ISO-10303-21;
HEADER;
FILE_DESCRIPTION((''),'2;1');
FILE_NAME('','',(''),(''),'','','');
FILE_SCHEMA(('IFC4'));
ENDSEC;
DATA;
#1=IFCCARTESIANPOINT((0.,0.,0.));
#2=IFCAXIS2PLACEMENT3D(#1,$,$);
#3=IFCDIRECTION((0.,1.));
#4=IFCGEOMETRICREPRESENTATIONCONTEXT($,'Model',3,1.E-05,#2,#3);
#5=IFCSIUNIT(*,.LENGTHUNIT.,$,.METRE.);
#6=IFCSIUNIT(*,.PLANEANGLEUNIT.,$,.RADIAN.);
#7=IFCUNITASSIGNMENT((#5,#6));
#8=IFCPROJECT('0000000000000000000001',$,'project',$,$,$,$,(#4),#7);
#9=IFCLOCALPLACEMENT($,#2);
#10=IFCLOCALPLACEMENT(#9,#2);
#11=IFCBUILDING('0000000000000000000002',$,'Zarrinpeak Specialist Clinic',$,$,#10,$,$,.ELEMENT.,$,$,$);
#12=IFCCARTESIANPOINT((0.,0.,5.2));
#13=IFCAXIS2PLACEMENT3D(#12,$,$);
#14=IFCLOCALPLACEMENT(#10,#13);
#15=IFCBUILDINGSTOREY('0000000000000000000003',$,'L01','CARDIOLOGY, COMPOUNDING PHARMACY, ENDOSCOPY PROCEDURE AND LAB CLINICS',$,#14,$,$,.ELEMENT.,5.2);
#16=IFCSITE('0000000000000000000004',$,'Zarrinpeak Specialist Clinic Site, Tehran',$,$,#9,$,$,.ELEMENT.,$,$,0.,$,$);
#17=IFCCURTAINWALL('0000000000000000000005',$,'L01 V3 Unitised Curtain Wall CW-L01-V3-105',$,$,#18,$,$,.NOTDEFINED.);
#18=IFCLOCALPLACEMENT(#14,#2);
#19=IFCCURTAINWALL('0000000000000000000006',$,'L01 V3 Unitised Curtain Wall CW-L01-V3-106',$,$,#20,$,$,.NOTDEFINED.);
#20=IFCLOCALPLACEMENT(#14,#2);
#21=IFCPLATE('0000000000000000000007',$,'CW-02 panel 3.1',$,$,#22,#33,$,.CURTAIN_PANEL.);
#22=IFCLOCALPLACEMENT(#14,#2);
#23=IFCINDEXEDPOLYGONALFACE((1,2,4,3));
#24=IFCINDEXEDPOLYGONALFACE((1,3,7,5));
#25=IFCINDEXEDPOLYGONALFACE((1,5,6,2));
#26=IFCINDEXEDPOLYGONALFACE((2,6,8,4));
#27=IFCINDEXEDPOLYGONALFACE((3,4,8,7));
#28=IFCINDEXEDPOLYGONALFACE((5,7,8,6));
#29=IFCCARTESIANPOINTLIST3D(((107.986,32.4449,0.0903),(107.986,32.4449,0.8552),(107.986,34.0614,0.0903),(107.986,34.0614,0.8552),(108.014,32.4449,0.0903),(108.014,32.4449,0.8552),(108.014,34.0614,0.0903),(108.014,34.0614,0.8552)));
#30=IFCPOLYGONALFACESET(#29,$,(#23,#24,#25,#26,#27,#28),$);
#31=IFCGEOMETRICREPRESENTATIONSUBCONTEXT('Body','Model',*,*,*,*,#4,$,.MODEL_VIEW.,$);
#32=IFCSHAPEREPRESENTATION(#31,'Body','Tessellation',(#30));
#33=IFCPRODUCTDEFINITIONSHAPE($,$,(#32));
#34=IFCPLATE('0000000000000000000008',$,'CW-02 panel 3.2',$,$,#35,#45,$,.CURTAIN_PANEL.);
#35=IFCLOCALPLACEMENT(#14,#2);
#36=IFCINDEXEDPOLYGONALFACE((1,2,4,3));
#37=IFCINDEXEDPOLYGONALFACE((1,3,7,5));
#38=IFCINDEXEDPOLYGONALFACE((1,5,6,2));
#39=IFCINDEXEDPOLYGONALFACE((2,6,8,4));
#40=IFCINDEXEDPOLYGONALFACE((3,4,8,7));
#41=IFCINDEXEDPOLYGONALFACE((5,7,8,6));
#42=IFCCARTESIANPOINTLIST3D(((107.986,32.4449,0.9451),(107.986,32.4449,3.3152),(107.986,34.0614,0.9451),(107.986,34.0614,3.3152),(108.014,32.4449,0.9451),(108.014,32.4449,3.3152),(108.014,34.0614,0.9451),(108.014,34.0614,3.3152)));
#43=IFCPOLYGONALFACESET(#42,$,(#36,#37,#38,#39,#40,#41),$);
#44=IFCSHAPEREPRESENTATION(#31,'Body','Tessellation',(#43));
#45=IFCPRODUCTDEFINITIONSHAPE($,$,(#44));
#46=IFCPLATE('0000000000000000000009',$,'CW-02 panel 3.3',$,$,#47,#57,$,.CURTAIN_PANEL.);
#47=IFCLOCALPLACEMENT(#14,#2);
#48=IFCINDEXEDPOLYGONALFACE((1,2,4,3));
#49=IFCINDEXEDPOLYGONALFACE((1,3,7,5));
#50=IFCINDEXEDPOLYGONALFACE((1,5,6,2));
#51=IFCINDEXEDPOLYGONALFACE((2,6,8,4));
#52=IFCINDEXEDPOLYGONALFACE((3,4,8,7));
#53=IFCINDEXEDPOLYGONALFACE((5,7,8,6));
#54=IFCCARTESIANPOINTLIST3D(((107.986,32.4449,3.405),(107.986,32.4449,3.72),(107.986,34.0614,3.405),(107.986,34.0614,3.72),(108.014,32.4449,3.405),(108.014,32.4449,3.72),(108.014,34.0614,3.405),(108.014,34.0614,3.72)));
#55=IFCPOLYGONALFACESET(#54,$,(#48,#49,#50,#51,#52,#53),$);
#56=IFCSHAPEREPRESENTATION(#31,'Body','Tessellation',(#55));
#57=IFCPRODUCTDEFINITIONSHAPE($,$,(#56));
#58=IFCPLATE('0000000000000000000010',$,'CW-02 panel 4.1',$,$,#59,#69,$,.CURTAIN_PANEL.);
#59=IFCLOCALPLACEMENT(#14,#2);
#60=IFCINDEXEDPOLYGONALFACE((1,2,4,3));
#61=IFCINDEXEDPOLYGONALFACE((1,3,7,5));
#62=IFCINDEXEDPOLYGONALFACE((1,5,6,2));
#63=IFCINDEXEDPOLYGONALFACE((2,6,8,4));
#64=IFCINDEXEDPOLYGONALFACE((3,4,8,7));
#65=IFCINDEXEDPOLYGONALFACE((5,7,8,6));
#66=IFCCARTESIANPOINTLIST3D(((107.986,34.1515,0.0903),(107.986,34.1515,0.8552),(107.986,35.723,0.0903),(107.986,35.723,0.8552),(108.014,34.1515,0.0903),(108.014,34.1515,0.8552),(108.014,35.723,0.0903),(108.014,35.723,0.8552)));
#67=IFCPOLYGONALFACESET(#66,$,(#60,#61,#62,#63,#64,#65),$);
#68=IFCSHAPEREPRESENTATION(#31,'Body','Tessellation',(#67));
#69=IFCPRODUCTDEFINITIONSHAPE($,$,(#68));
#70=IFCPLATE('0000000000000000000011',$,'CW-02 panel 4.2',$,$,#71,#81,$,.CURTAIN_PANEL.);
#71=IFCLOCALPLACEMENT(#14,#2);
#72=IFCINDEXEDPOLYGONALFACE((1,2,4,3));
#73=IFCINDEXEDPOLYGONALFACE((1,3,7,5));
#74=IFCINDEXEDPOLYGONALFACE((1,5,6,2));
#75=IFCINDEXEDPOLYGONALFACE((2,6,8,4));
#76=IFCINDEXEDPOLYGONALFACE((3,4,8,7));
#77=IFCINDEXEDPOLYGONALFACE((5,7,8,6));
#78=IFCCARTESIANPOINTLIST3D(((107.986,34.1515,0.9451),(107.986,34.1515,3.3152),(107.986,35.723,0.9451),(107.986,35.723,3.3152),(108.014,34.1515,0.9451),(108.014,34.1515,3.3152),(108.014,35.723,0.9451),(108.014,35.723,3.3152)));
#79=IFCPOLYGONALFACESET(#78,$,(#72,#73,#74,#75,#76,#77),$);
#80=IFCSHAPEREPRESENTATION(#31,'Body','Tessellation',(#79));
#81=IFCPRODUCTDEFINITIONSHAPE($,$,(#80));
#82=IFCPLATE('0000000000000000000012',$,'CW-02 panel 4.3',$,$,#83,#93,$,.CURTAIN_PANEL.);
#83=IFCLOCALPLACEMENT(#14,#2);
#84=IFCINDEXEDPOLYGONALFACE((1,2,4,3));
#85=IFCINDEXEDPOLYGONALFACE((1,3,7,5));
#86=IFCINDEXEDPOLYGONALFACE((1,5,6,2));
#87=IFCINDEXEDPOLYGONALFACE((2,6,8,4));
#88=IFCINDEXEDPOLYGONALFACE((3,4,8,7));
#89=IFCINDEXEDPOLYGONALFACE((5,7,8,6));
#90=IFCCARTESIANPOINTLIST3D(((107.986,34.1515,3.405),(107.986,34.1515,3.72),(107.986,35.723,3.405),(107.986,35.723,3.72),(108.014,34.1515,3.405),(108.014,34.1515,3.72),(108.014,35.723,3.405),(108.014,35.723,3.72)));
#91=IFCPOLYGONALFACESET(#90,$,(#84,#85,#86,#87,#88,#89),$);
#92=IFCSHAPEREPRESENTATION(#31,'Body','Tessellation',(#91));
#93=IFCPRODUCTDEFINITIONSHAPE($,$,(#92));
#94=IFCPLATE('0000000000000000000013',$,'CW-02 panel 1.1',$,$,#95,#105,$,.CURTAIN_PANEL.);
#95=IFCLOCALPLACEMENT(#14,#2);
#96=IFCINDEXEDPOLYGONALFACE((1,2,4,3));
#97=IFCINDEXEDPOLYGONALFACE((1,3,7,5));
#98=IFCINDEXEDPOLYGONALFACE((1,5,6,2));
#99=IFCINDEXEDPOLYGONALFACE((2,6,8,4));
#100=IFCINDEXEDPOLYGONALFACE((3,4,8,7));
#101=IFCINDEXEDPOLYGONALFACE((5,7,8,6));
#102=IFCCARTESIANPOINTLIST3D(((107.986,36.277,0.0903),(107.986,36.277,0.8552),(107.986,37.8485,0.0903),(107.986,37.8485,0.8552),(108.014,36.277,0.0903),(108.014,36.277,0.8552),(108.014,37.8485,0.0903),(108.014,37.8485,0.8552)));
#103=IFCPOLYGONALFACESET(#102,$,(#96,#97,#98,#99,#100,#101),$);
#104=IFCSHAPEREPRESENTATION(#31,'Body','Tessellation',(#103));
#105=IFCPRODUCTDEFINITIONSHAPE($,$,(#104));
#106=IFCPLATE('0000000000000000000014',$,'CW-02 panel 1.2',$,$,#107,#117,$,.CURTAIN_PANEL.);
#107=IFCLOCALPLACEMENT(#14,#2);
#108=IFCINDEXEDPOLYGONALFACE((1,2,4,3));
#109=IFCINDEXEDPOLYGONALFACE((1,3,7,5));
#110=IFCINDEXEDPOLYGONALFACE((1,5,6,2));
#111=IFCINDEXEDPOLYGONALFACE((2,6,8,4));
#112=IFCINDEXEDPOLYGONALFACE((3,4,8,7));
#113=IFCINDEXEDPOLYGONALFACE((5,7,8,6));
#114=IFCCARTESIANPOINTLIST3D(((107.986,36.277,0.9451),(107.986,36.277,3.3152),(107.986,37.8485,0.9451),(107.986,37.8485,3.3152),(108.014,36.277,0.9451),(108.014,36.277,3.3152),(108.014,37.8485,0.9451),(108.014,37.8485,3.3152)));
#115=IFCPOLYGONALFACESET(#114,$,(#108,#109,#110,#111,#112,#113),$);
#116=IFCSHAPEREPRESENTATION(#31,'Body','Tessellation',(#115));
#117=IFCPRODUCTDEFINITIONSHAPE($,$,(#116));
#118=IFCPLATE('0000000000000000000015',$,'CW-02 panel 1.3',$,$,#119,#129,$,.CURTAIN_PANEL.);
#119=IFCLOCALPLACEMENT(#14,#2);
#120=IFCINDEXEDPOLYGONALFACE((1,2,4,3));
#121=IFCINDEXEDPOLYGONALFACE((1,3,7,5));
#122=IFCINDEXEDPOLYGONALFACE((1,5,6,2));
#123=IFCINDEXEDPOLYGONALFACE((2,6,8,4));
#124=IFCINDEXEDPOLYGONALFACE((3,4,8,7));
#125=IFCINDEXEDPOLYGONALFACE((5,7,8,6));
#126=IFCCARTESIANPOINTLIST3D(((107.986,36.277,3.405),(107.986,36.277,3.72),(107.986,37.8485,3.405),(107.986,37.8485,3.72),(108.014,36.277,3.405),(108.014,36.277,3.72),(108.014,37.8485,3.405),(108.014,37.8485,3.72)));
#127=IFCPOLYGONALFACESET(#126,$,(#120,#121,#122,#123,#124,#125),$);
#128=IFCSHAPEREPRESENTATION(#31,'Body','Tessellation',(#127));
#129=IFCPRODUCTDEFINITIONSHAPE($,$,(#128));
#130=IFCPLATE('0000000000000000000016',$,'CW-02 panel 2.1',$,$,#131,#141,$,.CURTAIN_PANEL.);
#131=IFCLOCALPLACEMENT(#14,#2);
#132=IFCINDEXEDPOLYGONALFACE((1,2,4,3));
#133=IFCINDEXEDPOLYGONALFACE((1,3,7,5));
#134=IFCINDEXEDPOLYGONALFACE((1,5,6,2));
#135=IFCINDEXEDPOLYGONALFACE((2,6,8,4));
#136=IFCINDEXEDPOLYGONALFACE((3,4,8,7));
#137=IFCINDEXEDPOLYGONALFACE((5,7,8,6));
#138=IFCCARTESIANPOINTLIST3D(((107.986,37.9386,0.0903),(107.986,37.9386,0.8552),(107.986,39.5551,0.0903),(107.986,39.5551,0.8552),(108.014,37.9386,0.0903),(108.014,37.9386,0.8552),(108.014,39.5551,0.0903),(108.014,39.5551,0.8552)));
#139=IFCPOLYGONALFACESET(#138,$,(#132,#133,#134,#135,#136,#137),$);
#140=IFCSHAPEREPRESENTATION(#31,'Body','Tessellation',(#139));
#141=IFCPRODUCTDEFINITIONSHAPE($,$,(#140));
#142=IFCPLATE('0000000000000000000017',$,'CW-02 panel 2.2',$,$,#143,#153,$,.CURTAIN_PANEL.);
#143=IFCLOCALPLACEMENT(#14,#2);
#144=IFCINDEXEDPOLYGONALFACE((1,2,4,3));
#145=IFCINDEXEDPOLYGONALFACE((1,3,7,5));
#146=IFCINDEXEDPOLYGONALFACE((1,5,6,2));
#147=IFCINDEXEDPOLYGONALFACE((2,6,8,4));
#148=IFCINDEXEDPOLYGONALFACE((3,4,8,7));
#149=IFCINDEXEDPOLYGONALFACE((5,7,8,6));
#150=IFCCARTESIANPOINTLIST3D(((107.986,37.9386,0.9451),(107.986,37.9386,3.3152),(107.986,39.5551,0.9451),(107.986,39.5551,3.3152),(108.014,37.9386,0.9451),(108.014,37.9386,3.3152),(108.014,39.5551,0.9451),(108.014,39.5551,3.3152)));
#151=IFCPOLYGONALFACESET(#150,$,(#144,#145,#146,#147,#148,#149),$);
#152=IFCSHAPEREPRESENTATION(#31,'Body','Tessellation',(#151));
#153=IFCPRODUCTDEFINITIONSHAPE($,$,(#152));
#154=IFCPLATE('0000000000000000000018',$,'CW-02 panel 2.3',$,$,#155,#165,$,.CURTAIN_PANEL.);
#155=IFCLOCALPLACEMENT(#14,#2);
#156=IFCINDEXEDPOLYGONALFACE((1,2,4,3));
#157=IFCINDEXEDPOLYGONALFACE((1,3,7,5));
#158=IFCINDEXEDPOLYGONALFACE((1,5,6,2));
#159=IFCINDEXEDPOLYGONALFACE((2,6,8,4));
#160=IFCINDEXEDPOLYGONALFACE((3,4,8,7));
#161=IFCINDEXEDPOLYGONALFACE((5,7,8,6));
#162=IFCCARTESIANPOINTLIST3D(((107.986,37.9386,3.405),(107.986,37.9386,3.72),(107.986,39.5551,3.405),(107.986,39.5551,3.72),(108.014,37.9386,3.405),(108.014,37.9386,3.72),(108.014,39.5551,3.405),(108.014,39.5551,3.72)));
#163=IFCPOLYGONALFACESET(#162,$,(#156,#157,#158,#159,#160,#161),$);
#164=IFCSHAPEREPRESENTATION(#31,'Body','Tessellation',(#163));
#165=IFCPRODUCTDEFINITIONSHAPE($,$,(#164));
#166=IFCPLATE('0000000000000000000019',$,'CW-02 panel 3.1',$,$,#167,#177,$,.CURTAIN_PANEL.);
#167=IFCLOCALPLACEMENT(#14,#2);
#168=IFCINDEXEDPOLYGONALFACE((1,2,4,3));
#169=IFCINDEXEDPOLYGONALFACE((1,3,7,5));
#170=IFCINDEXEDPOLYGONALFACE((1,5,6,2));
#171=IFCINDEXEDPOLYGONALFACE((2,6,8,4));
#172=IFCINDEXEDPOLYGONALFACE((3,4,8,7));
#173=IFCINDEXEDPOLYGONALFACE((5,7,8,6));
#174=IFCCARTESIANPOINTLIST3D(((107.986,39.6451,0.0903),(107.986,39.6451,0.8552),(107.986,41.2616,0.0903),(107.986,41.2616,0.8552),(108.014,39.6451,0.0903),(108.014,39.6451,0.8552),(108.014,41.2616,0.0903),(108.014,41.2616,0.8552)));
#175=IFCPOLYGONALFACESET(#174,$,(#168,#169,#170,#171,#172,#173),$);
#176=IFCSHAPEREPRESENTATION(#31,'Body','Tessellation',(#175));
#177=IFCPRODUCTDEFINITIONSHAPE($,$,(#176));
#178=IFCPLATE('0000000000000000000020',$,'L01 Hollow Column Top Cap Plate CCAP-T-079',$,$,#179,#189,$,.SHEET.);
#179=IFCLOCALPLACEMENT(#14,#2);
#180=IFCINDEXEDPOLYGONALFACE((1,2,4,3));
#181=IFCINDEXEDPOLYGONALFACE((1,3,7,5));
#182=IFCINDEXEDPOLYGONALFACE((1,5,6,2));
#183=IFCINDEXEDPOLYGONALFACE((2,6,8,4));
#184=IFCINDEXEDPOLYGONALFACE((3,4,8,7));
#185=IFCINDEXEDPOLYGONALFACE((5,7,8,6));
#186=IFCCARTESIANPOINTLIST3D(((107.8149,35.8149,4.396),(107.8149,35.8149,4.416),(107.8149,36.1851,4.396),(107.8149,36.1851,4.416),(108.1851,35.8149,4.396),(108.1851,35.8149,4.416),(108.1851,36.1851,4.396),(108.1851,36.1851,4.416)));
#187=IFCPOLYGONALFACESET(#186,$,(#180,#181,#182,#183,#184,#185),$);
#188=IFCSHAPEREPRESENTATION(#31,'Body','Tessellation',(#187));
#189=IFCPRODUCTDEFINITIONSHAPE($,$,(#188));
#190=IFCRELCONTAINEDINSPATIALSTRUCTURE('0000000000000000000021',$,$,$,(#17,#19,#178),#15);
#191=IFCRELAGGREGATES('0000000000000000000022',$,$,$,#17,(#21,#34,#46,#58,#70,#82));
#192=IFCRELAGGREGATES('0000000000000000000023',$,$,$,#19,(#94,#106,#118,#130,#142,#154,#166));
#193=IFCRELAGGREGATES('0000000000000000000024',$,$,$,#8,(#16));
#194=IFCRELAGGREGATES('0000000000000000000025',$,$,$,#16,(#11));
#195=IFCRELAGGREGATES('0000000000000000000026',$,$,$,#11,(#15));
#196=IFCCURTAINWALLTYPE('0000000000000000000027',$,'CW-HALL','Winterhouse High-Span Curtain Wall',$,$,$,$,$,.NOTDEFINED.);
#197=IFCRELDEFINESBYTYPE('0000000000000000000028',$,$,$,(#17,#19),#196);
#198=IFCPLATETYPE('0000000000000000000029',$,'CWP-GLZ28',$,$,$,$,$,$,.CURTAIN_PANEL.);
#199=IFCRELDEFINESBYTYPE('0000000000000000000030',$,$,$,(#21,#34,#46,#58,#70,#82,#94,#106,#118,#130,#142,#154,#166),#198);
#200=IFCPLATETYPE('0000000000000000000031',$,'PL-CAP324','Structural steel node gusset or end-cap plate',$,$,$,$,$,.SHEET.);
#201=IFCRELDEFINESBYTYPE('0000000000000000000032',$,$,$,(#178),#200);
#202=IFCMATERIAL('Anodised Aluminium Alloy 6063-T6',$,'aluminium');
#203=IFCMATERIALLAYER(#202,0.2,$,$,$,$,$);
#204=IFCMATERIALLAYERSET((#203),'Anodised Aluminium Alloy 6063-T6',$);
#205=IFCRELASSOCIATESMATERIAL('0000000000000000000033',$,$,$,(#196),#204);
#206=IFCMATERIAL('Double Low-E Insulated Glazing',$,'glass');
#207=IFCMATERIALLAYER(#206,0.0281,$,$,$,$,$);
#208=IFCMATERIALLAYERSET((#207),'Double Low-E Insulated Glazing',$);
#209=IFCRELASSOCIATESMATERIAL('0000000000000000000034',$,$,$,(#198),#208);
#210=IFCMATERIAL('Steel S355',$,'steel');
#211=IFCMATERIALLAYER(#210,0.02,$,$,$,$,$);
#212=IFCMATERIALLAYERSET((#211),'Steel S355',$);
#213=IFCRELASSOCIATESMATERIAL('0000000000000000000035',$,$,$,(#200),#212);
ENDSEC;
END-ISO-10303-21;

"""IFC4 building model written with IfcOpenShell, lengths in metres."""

from ifc_helpers import new_model, si_unit, direction, frame, origin, origin_2d, place, context, subcontext, project, spatial, rectangle, extrude, material, layer, layer_set, type_object, element, aggregate, save


model = new_model("IFC4")

# Units and contexts
model_context = context("Model", 3, precision=1e-05, world=origin(), true_north=direction((0.0, 1.0)))
body_context = subcontext(model_context, "Body", "Model", "MODEL_VIEW")
ifc_project = project(units=[si_unit("LENGTHUNIT", "METRE"), si_unit("PLANEANGLEUNIT", "RADIAN")], contexts=[model_context])

# Site, building, storey
site_placement = place(None, origin())
site = spatial("IfcSite", under=ifc_project, at=site_placement, Name="Zarrinpeak Specialist Clinic Site, Tehran", CompositionType="ELEMENT", RefElevation=0.0)
building_placement = place(site_placement, origin())
building = spatial("IfcBuilding", under=site, at=building_placement, Name="Zarrinpeak Specialist Clinic", CompositionType="ELEMENT")
storey_placement = place(building_placement, frame((0.0, 0.0, 5.2)))
storey = spatial("IfcBuildingStorey", under=building, at=storey_placement, Name="L01", Description="CARDIOLOGY, COMPOUNDING PHARMACY, ENDOSCOPY PROCEDURE AND LAB CLINICS", CompositionType="ELEMENT", Elevation=5.2)

# Shared definitions
ifc_material_1 = material(Name="Steel S355", Category="steel")

# Curtain walls
ifc_material_2 = material(Name="Anodised Aluminium Alloy 6063-T6", Category="aluminium")
ifc_layer_1 = layer(ifc_material_2, 0.2)
ifc_layer_set_1 = layer_set([ifc_layer_1], Name="Anodised Aluminium Alloy 6063-T6")
curtain_wall_type = type_object("IfcCurtainWallType", Name="CW-HALL", Description="Winterhouse High-Span Curtain Wall", PredefinedType="NOTDEFINED", material=ifc_layer_set_1)
curtain_wall_1_placement = place(storey_placement, origin())
curtain_wall_1 = element("IfcCurtainWall", 1, at=curtain_wall_1_placement, inside=storey, type_object=curtain_wall_type, Name="L01 V3 Unitised Curtain Wall CW-L01-V3-105", PredefinedType="NOTDEFINED")
curtain_wall_2_placement = place(storey_placement, origin())
curtain_wall_2 = element("IfcCurtainWall", 2, at=curtain_wall_2_placement, inside=storey, type_object=curtain_wall_type, Name="L01 V3 Unitised Curtain Wall CW-L01-V3-106", PredefinedType="NOTDEFINED")

# Plates
ifc_material_3 = material(Name="Double Low-E Insulated Glazing", Category="glass")
ifc_layer_2 = layer(ifc_material_3, 0.0281)
ifc_layer_set_2 = layer_set([ifc_layer_2], Name="Double Low-E Insulated Glazing")
plate_type_1 = type_object("IfcPlateType", Name="CWP-GLZ28", PredefinedType="CURTAIN_PANEL", material=ifc_layer_set_2)
plate_1_placement = place(storey_placement, frame((108.0, 33.2532, 0.0903), z_axis=(0.0, 0.0, 1.0), x_axis=(0.0, 1.0, 0.0)))
plate_1 = element("IfcPlate", 3, at=plate_1_placement, type_object=plate_type_1, Name="CW-02 panel 3.1", PredefinedType="CURTAIN_PANEL", context=body_context, shape_type="SweptSolid", body=[
    extrude(rectangle(XDim=1.6165, YDim=0.0281, at=origin_2d()), origin(), (0.0, 0.0, 1.0), 0.7649),
])
plate_2_placement = place(storey_placement, frame((108.0, 33.2532, 0.9451), z_axis=(0.0, 0.0, 1.0), x_axis=(0.0, 1.0, 0.0)))
plate_2 = element("IfcPlate", 4, at=plate_2_placement, type_object=plate_type_1, Name="CW-02 panel 3.2", PredefinedType="CURTAIN_PANEL", context=body_context, shape_type="SweptSolid", body=[
    extrude(rectangle(XDim=1.6165, YDim=0.0281, at=origin_2d()), origin(), (0.0, 0.0, 1.0), 2.3701),
])
plate_3_placement = place(storey_placement, frame((108.0, 33.2532, 3.405), z_axis=(0.0, 0.0, 1.0), x_axis=(0.0, 1.0, 0.0)))
plate_3 = element("IfcPlate", 5, at=plate_3_placement, type_object=plate_type_1, Name="CW-02 panel 3.3", PredefinedType="CURTAIN_PANEL", context=body_context, shape_type="SweptSolid", body=[
    extrude(rectangle(XDim=1.6165, YDim=0.0281, at=origin_2d()), origin(), (0.0, 0.0, 1.0), 0.3149),
])
plate_4_placement = place(storey_placement, frame((108.0, 34.9373, 0.0903), z_axis=(0.0, 0.0, 1.0), x_axis=(0.0, 1.0, 0.0)))
plate_4 = element("IfcPlate", 6, at=plate_4_placement, type_object=plate_type_1, Name="CW-02 panel 4.1", PredefinedType="CURTAIN_PANEL", context=body_context, shape_type="SweptSolid", body=[
    extrude(rectangle(XDim=1.5715, YDim=0.0281, at=origin_2d()), origin(), (0.0, 0.0, 1.0), 0.7649),
])
plate_5_placement = place(storey_placement, frame((108.0, 34.9373, 0.9451), z_axis=(0.0, 0.0, 1.0), x_axis=(0.0, 1.0, 0.0)))
plate_5 = element("IfcPlate", 7, at=plate_5_placement, type_object=plate_type_1, Name="CW-02 panel 4.2", PredefinedType="CURTAIN_PANEL", context=body_context, shape_type="SweptSolid", body=[
    extrude(rectangle(XDim=1.5715, YDim=0.0281, at=origin_2d()), origin(), (0.0, 0.0, 1.0), 2.3701),
])
plate_6_placement = place(storey_placement, frame((108.0, 34.9373, 3.405), z_axis=(0.0, 0.0, 1.0), x_axis=(0.0, 1.0, 0.0)))
plate_6 = element("IfcPlate", 8, at=plate_6_placement, type_object=plate_type_1, Name="CW-02 panel 4.3", PredefinedType="CURTAIN_PANEL", context=body_context, shape_type="SweptSolid", body=[
    extrude(rectangle(XDim=1.5715, YDim=0.0281, at=origin_2d()), origin(), (0.0, 0.0, 1.0), 0.3149),
])
aggregate(curtain_wall_1, [plate_1, plate_2, plate_3, plate_4, plate_5, plate_6])
plate_7_placement = place(storey_placement, frame((108.0, 37.0627, 0.0903), z_axis=(0.0, 0.0, 1.0), x_axis=(0.0, 1.0, 0.0)))
plate_7 = element("IfcPlate", 9, at=plate_7_placement, type_object=plate_type_1, Name="CW-02 panel 1.1", PredefinedType="CURTAIN_PANEL", context=body_context, shape_type="SweptSolid", body=[
    extrude(rectangle(XDim=1.5715, YDim=0.0281, at=origin_2d()), origin(), (0.0, 0.0, 1.0), 0.7649),
])
plate_8_placement = place(storey_placement, frame((108.0, 37.0627, 0.9451), z_axis=(0.0, 0.0, 1.0), x_axis=(0.0, 1.0, 0.0)))
plate_8 = element("IfcPlate", 10, at=plate_8_placement, type_object=plate_type_1, Name="CW-02 panel 1.2", PredefinedType="CURTAIN_PANEL", context=body_context, shape_type="SweptSolid", body=[
    extrude(rectangle(XDim=1.5715, YDim=0.0281, at=origin_2d()), origin(), (0.0, 0.0, 1.0), 2.3701),
])
plate_9_placement = place(storey_placement, frame((108.0, 37.0627, 3.405), z_axis=(0.0, 0.0, 1.0), x_axis=(0.0, 1.0, 0.0)))
plate_9 = element("IfcPlate", 11, at=plate_9_placement, type_object=plate_type_1, Name="CW-02 panel 1.3", PredefinedType="CURTAIN_PANEL", context=body_context, shape_type="SweptSolid", body=[
    extrude(rectangle(XDim=1.5715, YDim=0.0281, at=origin_2d()), origin(), (0.0, 0.0, 1.0), 0.3149),
])
plate_10_placement = place(storey_placement, frame((108.0, 38.7468, 0.0903), z_axis=(0.0, 0.0, 1.0), x_axis=(0.0, 1.0, 0.0)))
plate_10 = element("IfcPlate", 12, at=plate_10_placement, type_object=plate_type_1, Name="CW-02 panel 2.1", PredefinedType="CURTAIN_PANEL", context=body_context, shape_type="SweptSolid", body=[
    extrude(rectangle(XDim=1.6165, YDim=0.0281, at=origin_2d()), origin(), (0.0, 0.0, 1.0), 0.7649),
])
plate_11_placement = place(storey_placement, frame((108.0, 38.7468, 0.9451), z_axis=(0.0, 0.0, 1.0), x_axis=(0.0, 1.0, 0.0)))
plate_11 = element("IfcPlate", 13, at=plate_11_placement, type_object=plate_type_1, Name="CW-02 panel 2.2", PredefinedType="CURTAIN_PANEL", context=body_context, shape_type="SweptSolid", body=[
    extrude(rectangle(XDim=1.6165, YDim=0.0281, at=origin_2d()), origin(), (0.0, 0.0, 1.0), 2.3701),
])
plate_12_placement = place(storey_placement, frame((108.0, 38.7468, 3.405), z_axis=(0.0, 0.0, 1.0), x_axis=(0.0, 1.0, 0.0)))
plate_12 = element("IfcPlate", 14, at=plate_12_placement, type_object=plate_type_1, Name="CW-02 panel 2.3", PredefinedType="CURTAIN_PANEL", context=body_context, shape_type="SweptSolid", body=[
    extrude(rectangle(XDim=1.6165, YDim=0.0281, at=origin_2d()), origin(), (0.0, 0.0, 1.0), 0.3149),
])
plate_13_placement = place(storey_placement, frame((108.0, 40.4534, 0.0903), z_axis=(0.0, 0.0, 1.0), x_axis=(0.0, 1.0, 0.0)))
plate_13 = element("IfcPlate", 15, at=plate_13_placement, type_object=plate_type_1, Name="CW-02 panel 3.1", PredefinedType="CURTAIN_PANEL", context=body_context, shape_type="SweptSolid", body=[
    extrude(rectangle(XDim=1.6165, YDim=0.0281, at=origin_2d()), origin(), (0.0, 0.0, 1.0), 0.7649),
])
aggregate(curtain_wall_2, [plate_7, plate_8, plate_9, plate_10, plate_11, plate_12, plate_13])
ifc_layer_3 = layer(ifc_material_1, 0.02)
ifc_layer_set_3 = layer_set([ifc_layer_3], Name="Steel S355")
plate_type_2 = type_object("IfcPlateType", Name="PL-CAP324", Description="Structural steel node gusset or end-cap plate", PredefinedType="SHEET", material=ifc_layer_set_3)
plate_14_placement = place(storey_placement, frame((108.0, 36.0, 4.396), z_axis=(0.0, 0.0, 1.0), x_axis=(1.0, 0.0, 0.0)))
element("IfcPlate", 16, at=plate_14_placement, inside=storey, type_object=plate_type_2, Name="L01 Hollow Column Top Cap Plate CCAP-T-079", PredefinedType="SHEET", context=body_context, shape_type="SweptSolid", body=[
    extrude(rectangle(XDim=0.3701, YDim=0.3701, at=origin_2d()), origin(), (0.0, 0.0, 1.0), 0.02),
])

save(model, "model.ifc")
